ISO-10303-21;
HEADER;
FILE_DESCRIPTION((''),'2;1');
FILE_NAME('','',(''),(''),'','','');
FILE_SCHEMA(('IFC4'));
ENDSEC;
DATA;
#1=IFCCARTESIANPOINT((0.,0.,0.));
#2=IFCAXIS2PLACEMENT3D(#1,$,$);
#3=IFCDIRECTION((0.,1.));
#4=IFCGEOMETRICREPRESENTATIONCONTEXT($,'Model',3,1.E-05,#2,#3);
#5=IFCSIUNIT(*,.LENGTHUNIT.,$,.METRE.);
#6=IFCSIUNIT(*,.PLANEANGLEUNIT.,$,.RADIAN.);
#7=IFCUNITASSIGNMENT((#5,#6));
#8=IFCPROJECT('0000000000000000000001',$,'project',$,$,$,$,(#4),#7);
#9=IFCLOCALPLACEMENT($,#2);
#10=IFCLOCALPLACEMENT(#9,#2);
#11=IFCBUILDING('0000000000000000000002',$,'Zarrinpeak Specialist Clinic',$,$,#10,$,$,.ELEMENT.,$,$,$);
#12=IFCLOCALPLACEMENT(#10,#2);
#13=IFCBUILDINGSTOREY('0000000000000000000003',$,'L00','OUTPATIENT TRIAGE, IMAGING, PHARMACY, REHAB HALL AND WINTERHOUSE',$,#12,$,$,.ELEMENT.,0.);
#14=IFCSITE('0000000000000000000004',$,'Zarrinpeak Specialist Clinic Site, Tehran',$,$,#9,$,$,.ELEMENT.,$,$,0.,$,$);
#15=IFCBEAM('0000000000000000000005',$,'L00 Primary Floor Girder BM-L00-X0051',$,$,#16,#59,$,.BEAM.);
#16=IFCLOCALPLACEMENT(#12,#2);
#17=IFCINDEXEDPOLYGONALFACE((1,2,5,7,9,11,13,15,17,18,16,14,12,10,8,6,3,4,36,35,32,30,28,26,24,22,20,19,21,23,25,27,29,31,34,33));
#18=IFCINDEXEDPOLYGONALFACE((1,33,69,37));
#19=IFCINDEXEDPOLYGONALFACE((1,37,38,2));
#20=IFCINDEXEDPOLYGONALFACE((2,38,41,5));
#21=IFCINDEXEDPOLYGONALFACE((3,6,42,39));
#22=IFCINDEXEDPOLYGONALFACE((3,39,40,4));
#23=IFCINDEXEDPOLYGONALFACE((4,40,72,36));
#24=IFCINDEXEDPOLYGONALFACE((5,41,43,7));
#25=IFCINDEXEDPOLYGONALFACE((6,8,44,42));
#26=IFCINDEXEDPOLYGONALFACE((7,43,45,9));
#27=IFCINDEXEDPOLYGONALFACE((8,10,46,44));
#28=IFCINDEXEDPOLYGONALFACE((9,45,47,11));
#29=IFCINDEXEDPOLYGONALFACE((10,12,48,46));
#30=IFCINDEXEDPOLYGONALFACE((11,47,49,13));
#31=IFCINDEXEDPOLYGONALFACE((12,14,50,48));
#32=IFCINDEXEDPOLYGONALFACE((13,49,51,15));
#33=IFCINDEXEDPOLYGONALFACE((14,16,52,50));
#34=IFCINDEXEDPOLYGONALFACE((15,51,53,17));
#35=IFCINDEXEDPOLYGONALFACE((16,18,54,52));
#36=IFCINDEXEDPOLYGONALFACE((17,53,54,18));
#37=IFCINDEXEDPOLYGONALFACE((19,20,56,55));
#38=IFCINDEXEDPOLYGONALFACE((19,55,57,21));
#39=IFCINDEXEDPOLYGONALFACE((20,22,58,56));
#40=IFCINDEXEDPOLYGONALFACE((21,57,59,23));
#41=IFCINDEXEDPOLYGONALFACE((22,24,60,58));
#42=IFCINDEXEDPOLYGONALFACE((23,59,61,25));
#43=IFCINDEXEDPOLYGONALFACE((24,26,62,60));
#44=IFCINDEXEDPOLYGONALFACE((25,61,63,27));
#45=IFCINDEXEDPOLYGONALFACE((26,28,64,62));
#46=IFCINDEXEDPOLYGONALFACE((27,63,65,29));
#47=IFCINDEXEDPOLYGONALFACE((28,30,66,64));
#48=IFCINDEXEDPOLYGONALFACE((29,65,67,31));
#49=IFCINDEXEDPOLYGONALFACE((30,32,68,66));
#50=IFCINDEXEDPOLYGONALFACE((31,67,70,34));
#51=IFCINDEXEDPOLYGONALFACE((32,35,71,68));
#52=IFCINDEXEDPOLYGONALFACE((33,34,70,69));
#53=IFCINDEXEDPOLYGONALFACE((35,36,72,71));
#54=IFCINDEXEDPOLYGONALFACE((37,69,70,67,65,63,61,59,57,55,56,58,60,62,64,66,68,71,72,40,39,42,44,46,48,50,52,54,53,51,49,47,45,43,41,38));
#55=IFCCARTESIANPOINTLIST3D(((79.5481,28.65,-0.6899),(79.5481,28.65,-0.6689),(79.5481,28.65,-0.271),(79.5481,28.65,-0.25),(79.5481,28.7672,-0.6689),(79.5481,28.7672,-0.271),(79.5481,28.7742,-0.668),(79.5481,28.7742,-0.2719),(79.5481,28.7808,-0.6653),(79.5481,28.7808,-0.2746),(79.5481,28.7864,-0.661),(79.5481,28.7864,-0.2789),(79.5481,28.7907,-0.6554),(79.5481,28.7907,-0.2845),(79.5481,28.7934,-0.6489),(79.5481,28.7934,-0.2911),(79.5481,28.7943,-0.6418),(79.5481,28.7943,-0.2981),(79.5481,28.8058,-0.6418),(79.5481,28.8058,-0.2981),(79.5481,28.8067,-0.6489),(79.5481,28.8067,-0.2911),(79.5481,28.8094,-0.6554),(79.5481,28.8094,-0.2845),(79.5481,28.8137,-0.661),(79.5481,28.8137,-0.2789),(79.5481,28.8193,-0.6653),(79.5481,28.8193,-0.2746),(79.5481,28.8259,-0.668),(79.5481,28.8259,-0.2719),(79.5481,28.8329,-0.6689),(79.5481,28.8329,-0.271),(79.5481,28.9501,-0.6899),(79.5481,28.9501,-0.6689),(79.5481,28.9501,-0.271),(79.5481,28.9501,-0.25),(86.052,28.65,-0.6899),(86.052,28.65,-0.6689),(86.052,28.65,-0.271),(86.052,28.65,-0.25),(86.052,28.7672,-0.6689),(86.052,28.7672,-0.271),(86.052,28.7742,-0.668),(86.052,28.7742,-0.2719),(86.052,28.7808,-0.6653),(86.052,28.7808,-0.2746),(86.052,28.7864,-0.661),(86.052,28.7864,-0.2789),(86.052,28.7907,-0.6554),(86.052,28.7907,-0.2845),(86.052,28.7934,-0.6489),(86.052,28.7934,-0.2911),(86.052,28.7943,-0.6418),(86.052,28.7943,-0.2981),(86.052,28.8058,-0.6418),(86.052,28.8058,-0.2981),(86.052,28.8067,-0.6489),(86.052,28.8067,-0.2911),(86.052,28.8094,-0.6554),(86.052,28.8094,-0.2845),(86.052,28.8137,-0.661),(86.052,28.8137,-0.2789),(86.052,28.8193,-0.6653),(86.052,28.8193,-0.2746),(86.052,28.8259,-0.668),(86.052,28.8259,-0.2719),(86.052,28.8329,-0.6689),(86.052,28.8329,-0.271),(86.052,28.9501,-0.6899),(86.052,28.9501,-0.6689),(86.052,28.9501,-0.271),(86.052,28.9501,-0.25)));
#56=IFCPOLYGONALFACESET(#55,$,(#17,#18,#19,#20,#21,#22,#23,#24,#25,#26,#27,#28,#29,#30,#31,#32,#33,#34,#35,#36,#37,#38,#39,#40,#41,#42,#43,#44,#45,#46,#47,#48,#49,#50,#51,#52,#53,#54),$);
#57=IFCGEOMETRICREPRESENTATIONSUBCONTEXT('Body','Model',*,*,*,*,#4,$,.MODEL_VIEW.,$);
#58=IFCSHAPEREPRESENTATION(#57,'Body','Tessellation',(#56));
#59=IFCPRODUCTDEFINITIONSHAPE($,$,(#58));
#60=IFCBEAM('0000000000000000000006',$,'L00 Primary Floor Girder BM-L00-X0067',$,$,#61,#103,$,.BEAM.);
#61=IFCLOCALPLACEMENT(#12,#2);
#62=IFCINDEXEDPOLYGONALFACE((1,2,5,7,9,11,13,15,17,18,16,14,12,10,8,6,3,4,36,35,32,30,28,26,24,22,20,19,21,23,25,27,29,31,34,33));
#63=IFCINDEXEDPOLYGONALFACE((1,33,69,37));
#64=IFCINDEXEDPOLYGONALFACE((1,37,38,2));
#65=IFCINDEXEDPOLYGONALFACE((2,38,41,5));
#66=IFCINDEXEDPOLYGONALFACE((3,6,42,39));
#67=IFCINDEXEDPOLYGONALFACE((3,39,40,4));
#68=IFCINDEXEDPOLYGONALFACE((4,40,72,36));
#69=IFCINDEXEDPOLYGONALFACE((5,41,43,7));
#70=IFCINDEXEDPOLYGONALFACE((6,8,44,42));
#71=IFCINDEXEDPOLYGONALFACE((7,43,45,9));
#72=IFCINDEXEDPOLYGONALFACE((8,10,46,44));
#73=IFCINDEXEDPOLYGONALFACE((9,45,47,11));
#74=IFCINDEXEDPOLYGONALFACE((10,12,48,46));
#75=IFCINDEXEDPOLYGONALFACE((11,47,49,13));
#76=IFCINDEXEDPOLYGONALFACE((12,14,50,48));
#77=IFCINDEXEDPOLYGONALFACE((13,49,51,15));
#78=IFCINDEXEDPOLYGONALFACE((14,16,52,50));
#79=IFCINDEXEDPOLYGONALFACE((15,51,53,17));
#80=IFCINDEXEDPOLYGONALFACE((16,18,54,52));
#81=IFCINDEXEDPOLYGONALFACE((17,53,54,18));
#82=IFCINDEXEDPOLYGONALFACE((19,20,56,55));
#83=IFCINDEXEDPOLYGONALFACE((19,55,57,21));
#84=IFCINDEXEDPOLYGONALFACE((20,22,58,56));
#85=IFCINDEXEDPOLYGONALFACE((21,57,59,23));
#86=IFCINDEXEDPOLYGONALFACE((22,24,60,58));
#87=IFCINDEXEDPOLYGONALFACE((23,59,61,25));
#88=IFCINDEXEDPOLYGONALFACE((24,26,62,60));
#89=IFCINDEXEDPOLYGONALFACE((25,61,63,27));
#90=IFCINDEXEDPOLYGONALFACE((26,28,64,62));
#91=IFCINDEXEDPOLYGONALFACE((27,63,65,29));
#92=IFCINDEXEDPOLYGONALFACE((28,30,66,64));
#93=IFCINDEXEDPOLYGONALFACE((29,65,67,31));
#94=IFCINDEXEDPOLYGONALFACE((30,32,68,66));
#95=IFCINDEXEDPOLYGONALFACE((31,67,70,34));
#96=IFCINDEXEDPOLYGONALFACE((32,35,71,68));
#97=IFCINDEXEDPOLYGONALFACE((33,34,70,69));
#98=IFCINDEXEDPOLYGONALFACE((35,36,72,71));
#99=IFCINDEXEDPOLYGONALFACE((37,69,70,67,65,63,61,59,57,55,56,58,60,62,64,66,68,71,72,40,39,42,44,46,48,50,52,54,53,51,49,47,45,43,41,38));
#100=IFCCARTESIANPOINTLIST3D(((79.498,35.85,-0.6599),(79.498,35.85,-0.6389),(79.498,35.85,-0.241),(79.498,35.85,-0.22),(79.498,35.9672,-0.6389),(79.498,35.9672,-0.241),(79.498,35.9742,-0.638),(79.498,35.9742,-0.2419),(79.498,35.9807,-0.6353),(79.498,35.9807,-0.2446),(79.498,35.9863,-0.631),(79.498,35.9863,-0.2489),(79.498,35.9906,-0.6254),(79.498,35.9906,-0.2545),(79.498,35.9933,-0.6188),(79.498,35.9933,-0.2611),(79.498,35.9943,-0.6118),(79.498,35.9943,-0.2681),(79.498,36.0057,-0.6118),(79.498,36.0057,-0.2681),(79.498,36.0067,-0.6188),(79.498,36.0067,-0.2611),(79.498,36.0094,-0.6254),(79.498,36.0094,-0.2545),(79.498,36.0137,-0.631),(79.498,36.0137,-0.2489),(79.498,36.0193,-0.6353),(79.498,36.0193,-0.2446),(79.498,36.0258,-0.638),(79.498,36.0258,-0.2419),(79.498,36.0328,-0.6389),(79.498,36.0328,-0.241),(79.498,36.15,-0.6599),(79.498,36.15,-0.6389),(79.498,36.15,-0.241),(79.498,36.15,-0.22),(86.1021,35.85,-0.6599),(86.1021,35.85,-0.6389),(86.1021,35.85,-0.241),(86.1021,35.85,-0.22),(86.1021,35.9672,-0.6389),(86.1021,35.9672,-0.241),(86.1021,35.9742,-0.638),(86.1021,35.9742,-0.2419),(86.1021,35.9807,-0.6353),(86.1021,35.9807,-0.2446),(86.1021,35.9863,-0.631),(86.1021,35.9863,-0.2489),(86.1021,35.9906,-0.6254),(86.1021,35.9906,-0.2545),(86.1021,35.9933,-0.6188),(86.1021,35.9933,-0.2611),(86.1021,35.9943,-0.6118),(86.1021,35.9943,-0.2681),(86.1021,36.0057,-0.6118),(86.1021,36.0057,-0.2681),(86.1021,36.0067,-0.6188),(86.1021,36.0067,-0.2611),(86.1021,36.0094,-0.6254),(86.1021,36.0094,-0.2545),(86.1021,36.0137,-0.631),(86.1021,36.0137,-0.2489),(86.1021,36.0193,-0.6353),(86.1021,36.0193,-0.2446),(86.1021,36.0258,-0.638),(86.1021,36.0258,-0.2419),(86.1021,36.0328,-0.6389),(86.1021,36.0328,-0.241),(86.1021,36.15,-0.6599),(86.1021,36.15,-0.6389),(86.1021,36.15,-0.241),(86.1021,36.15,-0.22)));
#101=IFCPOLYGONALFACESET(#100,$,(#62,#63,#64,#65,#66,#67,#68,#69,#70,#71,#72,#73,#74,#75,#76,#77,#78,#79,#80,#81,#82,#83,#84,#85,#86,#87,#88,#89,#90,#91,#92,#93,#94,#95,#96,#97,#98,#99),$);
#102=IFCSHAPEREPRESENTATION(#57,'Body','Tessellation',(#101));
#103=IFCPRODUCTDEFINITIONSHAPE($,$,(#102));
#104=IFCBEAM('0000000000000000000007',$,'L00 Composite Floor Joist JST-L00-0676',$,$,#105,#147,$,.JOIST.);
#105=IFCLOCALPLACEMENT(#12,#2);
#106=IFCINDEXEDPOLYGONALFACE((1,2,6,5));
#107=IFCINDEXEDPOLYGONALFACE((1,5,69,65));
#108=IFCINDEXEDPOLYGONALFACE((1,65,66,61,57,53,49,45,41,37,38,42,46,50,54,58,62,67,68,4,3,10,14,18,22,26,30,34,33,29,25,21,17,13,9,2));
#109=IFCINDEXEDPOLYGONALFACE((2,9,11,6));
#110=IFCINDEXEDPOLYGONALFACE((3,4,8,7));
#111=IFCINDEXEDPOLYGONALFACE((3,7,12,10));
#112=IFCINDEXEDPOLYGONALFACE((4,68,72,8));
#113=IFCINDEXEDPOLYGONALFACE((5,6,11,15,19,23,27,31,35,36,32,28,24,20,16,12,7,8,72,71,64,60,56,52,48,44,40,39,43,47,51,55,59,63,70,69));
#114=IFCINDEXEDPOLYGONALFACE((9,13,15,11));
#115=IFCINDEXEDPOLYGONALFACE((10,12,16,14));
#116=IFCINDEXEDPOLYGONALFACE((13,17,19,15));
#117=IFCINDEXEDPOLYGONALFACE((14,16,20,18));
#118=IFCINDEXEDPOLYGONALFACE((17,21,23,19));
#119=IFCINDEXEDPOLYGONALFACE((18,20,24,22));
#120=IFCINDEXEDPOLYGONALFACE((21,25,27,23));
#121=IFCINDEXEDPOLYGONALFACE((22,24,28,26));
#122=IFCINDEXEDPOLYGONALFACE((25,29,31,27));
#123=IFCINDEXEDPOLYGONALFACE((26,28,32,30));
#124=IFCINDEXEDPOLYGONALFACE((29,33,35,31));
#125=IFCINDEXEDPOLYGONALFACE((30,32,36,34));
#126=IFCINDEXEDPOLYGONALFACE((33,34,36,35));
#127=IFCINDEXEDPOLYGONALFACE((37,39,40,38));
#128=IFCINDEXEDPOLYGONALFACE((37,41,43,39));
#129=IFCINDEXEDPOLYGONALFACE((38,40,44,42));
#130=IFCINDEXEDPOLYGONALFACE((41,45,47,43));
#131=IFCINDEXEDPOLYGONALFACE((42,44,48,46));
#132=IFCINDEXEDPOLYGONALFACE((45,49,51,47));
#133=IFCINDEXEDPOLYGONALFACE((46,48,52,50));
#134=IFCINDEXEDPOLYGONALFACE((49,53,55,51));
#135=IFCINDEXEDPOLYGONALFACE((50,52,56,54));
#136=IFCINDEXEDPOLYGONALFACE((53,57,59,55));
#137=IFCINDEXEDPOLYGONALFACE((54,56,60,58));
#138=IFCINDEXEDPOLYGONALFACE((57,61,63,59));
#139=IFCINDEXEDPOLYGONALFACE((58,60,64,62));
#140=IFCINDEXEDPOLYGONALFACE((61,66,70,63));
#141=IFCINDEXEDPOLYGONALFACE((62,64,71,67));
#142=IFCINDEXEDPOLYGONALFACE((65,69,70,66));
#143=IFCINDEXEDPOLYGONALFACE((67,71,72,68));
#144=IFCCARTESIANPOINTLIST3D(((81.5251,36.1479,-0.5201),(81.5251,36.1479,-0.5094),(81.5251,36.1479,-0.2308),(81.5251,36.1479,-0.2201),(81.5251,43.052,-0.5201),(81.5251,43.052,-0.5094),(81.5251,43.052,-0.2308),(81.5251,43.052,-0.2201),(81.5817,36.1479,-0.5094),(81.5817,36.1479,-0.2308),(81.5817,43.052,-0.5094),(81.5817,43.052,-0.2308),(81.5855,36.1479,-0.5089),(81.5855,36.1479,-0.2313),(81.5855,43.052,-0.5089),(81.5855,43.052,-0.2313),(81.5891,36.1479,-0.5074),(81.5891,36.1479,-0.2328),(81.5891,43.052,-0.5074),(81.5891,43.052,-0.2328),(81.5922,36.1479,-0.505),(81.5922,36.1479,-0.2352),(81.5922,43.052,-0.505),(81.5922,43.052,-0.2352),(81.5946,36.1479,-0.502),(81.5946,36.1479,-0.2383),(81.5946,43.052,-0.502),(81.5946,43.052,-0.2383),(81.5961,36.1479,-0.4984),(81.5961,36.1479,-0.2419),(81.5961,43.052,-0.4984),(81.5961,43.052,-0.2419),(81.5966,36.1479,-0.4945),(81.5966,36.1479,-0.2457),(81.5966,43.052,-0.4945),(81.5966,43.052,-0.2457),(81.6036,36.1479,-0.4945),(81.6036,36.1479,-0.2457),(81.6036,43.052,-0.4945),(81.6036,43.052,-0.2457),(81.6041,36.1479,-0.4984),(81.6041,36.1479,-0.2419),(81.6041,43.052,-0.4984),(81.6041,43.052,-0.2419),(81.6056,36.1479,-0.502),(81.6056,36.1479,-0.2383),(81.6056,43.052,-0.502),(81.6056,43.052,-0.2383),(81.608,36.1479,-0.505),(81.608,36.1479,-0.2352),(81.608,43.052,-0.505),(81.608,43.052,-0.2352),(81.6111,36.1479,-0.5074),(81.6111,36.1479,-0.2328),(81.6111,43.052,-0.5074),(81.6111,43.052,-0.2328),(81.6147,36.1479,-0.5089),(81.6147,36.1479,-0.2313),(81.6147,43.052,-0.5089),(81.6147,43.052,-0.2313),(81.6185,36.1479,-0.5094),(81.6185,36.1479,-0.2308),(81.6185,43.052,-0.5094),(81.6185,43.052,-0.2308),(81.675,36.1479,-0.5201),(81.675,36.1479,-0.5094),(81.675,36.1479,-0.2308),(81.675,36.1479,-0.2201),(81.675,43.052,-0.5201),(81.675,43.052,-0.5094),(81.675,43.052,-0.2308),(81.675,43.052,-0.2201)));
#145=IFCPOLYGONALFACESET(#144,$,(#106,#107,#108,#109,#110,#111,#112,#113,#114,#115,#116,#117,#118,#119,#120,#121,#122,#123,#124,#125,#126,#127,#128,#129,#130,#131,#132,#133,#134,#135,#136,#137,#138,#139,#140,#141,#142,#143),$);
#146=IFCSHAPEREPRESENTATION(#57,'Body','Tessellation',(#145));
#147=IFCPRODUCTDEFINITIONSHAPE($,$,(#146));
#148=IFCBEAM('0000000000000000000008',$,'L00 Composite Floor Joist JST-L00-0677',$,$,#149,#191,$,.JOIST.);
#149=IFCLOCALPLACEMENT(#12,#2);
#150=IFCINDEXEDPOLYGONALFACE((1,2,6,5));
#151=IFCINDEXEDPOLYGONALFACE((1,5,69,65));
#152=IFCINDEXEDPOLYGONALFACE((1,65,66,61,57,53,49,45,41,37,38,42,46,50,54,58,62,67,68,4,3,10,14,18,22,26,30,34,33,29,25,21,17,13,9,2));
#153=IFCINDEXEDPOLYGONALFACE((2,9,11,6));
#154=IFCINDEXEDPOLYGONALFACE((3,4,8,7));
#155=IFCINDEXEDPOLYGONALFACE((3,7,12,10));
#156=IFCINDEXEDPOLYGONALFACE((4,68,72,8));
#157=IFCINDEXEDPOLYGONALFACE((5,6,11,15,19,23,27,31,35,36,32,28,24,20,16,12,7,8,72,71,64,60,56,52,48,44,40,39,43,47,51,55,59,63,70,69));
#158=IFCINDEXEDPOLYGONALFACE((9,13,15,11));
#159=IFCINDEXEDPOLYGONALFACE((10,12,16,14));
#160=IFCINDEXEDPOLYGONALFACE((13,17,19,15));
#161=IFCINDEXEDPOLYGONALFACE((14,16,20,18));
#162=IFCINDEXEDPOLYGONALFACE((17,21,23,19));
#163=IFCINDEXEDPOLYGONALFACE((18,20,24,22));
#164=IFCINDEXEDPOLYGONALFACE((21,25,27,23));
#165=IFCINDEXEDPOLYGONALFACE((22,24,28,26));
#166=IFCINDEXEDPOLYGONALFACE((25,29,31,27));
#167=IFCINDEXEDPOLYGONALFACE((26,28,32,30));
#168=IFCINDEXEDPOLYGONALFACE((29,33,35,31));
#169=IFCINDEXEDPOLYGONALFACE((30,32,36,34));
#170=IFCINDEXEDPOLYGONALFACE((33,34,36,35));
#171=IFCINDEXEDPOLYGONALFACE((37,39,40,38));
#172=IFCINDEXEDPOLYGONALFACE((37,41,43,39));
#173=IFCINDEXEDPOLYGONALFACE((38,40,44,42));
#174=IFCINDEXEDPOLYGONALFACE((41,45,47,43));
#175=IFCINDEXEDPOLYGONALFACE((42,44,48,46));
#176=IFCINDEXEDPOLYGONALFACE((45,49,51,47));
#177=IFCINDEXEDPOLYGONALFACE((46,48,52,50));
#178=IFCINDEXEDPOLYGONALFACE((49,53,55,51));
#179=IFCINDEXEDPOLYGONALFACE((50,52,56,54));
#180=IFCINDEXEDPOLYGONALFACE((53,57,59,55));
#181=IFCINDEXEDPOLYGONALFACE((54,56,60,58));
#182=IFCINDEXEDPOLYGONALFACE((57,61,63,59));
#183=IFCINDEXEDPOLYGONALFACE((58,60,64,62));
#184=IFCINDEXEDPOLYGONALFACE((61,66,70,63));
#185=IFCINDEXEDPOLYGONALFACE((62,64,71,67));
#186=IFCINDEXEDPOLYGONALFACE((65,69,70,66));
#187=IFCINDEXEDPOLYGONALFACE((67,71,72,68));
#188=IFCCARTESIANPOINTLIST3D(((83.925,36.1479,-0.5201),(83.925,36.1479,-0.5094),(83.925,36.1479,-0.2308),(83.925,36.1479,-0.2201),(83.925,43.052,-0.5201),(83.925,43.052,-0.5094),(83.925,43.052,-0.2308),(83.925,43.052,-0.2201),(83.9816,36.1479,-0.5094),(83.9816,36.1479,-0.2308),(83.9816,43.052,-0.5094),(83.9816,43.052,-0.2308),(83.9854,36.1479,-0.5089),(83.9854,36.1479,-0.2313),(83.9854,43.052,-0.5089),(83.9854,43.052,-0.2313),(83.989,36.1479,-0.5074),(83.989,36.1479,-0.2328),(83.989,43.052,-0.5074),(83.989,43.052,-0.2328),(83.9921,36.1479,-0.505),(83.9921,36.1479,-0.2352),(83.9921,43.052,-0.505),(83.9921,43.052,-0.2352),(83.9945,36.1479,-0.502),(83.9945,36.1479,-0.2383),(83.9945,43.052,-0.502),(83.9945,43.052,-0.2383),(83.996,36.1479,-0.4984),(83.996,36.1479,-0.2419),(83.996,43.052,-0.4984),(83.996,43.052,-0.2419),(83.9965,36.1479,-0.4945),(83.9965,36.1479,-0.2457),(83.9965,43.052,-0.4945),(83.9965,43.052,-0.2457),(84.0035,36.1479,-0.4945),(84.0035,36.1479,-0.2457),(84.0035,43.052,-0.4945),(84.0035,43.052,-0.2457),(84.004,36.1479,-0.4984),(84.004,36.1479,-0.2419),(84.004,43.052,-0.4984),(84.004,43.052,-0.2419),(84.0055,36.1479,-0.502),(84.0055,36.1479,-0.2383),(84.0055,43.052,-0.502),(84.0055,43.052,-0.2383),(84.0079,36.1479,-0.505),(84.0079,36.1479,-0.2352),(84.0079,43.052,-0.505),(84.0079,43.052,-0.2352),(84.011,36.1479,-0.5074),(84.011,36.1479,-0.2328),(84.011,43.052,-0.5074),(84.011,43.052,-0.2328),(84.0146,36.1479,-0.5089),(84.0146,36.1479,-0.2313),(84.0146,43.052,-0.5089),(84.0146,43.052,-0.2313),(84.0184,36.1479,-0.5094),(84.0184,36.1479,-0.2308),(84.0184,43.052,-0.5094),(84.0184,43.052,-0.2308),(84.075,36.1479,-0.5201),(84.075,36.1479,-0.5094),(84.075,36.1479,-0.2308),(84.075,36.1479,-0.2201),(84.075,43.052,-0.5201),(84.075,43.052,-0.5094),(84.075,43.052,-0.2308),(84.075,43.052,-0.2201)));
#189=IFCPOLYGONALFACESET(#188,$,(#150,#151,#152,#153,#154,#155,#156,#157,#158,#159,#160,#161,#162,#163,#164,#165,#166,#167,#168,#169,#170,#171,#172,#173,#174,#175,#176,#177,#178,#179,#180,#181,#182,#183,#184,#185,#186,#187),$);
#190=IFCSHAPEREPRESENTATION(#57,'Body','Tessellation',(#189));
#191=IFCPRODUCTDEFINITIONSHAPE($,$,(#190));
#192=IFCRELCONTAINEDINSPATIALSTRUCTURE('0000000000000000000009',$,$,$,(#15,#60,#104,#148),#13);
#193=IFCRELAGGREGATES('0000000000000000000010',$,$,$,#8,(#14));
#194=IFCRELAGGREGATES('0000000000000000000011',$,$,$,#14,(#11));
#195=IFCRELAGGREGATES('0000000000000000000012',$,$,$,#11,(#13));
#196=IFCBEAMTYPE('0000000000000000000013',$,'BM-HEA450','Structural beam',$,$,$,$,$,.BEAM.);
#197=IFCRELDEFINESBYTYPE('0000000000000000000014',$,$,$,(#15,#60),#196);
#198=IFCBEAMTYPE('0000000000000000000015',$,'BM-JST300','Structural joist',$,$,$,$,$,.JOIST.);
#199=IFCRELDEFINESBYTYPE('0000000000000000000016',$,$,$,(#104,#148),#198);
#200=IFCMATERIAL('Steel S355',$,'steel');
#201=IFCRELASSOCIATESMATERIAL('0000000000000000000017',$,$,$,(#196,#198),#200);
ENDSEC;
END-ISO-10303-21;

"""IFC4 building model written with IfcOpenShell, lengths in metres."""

from ifc_helpers import new_model, si_unit, direction, frame, origin, origin_2d, place, context, subcontext, project, spatial, i_section, extrude, material, material_profile, profile_set, type_object, element, save


model = new_model("IFC4")

# Units and contexts
model_context = context("Model", 3, precision=1e-05, world=origin(), true_north=direction((0.0, 1.0)))
body_context = subcontext(model_context, "Body", "Model", "MODEL_VIEW")
ifc_project = project(units=[si_unit("LENGTHUNIT", "METRE"), si_unit("PLANEANGLEUNIT", "RADIAN")], contexts=[model_context])

# Site, building, storey
site_placement = place(None, origin())
site = spatial("IfcSite", under=ifc_project, at=site_placement, Name="Zarrinpeak Specialist Clinic Site, Tehran", CompositionType="ELEMENT", RefElevation=0.0)
building_placement = place(site_placement, origin())
building = spatial("IfcBuilding", under=site, at=building_placement, Name="Zarrinpeak Specialist Clinic", CompositionType="ELEMENT")
storey_placement = place(building_placement, origin())
storey = spatial("IfcBuildingStorey", under=building, at=storey_placement, Name="L00", Description="OUTPATIENT TRIAGE, IMAGING, PHARMACY, REHAB HALL AND WINTERHOUSE", CompositionType="ELEMENT", Elevation=0.0)

# Shared definitions
ifc_material_1 = material(Name="Steel S355", Category="steel")

# Beams
ifc_material_profile_1 = material_profile(ifc_material_1, i_section(OverallWidth=0.3, OverallDepth=0.4399, WebThickness=0.0115, FlangeThickness=0.021, FilletRadius=0.0271, at=origin_2d()), Name="HEA 450")
ifc_profile_set_1 = profile_set([ifc_material_profile_1], Name="Steel S355")
beam_type_1 = type_object("IfcBeamType", Name="BM-HEA450", Description="Structural beam", PredefinedType="BEAM", material=ifc_profile_set_1)
beam_1_placement = place(storey_placement, frame((79.5481, 28.8, -0.47), z_axis=(1.0, 0.0, 0.0), x_axis=(0.0, 1.0, 0.0)))
element("IfcBeam", 1, at=beam_1_placement, inside=storey, type_object=beam_type_1, Name="L00 Primary Floor Girder BM-L00-X0051", PredefinedType="BEAM", context=body_context, shape_type="SweptSolid", body=[
    extrude(i_section(OverallWidth=0.3, OverallDepth=0.4399, WebThickness=0.0115, FlangeThickness=0.021, FilletRadius=0.0271, at=origin_2d()), origin(), (0.0, 0.0, 1.0), 6.5039),
])
beam_2_placement = place(storey_placement, frame((79.498, 36.0, -0.4399), z_axis=(1.0, 0.0, 0.0), x_axis=(0.0, 1.0, 0.0)))
element("IfcBeam", 2, at=beam_2_placement, inside=storey, type_object=beam_type_1, Name="L00 Primary Floor Girder BM-L00-X0067", PredefinedType="BEAM", context=body_context, shape_type="SweptSolid", body=[
    extrude(i_section(OverallWidth=0.3, OverallDepth=0.4399, WebThickness=0.0115, FlangeThickness=0.021, FilletRadius=0.0271, at=origin_2d()), origin(), (0.0, 0.0, 1.0), 6.604),
])
ifc_material_profile_2 = material_profile(ifc_material_1, i_section(OverallWidth=0.1499, OverallDepth=0.3, WebThickness=0.0071, FlangeThickness=0.0107, FilletRadius=0.0149, at=origin_2d()), Name="IPE 300")
ifc_profile_set_2 = profile_set([ifc_material_profile_2], Name="Steel S355")
beam_type_2 = type_object("IfcBeamType", Name="BM-JST300", Description="Structural joist", PredefinedType="JOIST", material=ifc_profile_set_2)
for number, where, z_axis, x_axis, name in (
    (3, (81.6001, 36.1479, -0.3701), (0.0, 1.0, 0.0), (-1.0, 0.0, 0.0), "L00 Composite Floor Joist JST-L00-0676"),
    (4, (84.0, 36.1479, -0.3701), (0.0, 1.0, 0.0), (-1.0, 0.0, 0.0), "L00 Composite Floor Joist JST-L00-0677"),
):
    element("IfcBeam", number, at=place(storey_placement, frame(where, z_axis=z_axis, x_axis=x_axis)), inside=storey, type_object=beam_type_2, Name=name, PredefinedType="JOIST", context=body_context, shape_type="SweptSolid", body=[
        extrude(i_section(OverallWidth=0.1499, OverallDepth=0.3, WebThickness=0.0071, FlangeThickness=0.0107, FilletRadius=0.0149, at=origin_2d()), origin(), (0.0, 0.0, 1.0), 6.9041),
    ])

save(model, "model.ifc")
